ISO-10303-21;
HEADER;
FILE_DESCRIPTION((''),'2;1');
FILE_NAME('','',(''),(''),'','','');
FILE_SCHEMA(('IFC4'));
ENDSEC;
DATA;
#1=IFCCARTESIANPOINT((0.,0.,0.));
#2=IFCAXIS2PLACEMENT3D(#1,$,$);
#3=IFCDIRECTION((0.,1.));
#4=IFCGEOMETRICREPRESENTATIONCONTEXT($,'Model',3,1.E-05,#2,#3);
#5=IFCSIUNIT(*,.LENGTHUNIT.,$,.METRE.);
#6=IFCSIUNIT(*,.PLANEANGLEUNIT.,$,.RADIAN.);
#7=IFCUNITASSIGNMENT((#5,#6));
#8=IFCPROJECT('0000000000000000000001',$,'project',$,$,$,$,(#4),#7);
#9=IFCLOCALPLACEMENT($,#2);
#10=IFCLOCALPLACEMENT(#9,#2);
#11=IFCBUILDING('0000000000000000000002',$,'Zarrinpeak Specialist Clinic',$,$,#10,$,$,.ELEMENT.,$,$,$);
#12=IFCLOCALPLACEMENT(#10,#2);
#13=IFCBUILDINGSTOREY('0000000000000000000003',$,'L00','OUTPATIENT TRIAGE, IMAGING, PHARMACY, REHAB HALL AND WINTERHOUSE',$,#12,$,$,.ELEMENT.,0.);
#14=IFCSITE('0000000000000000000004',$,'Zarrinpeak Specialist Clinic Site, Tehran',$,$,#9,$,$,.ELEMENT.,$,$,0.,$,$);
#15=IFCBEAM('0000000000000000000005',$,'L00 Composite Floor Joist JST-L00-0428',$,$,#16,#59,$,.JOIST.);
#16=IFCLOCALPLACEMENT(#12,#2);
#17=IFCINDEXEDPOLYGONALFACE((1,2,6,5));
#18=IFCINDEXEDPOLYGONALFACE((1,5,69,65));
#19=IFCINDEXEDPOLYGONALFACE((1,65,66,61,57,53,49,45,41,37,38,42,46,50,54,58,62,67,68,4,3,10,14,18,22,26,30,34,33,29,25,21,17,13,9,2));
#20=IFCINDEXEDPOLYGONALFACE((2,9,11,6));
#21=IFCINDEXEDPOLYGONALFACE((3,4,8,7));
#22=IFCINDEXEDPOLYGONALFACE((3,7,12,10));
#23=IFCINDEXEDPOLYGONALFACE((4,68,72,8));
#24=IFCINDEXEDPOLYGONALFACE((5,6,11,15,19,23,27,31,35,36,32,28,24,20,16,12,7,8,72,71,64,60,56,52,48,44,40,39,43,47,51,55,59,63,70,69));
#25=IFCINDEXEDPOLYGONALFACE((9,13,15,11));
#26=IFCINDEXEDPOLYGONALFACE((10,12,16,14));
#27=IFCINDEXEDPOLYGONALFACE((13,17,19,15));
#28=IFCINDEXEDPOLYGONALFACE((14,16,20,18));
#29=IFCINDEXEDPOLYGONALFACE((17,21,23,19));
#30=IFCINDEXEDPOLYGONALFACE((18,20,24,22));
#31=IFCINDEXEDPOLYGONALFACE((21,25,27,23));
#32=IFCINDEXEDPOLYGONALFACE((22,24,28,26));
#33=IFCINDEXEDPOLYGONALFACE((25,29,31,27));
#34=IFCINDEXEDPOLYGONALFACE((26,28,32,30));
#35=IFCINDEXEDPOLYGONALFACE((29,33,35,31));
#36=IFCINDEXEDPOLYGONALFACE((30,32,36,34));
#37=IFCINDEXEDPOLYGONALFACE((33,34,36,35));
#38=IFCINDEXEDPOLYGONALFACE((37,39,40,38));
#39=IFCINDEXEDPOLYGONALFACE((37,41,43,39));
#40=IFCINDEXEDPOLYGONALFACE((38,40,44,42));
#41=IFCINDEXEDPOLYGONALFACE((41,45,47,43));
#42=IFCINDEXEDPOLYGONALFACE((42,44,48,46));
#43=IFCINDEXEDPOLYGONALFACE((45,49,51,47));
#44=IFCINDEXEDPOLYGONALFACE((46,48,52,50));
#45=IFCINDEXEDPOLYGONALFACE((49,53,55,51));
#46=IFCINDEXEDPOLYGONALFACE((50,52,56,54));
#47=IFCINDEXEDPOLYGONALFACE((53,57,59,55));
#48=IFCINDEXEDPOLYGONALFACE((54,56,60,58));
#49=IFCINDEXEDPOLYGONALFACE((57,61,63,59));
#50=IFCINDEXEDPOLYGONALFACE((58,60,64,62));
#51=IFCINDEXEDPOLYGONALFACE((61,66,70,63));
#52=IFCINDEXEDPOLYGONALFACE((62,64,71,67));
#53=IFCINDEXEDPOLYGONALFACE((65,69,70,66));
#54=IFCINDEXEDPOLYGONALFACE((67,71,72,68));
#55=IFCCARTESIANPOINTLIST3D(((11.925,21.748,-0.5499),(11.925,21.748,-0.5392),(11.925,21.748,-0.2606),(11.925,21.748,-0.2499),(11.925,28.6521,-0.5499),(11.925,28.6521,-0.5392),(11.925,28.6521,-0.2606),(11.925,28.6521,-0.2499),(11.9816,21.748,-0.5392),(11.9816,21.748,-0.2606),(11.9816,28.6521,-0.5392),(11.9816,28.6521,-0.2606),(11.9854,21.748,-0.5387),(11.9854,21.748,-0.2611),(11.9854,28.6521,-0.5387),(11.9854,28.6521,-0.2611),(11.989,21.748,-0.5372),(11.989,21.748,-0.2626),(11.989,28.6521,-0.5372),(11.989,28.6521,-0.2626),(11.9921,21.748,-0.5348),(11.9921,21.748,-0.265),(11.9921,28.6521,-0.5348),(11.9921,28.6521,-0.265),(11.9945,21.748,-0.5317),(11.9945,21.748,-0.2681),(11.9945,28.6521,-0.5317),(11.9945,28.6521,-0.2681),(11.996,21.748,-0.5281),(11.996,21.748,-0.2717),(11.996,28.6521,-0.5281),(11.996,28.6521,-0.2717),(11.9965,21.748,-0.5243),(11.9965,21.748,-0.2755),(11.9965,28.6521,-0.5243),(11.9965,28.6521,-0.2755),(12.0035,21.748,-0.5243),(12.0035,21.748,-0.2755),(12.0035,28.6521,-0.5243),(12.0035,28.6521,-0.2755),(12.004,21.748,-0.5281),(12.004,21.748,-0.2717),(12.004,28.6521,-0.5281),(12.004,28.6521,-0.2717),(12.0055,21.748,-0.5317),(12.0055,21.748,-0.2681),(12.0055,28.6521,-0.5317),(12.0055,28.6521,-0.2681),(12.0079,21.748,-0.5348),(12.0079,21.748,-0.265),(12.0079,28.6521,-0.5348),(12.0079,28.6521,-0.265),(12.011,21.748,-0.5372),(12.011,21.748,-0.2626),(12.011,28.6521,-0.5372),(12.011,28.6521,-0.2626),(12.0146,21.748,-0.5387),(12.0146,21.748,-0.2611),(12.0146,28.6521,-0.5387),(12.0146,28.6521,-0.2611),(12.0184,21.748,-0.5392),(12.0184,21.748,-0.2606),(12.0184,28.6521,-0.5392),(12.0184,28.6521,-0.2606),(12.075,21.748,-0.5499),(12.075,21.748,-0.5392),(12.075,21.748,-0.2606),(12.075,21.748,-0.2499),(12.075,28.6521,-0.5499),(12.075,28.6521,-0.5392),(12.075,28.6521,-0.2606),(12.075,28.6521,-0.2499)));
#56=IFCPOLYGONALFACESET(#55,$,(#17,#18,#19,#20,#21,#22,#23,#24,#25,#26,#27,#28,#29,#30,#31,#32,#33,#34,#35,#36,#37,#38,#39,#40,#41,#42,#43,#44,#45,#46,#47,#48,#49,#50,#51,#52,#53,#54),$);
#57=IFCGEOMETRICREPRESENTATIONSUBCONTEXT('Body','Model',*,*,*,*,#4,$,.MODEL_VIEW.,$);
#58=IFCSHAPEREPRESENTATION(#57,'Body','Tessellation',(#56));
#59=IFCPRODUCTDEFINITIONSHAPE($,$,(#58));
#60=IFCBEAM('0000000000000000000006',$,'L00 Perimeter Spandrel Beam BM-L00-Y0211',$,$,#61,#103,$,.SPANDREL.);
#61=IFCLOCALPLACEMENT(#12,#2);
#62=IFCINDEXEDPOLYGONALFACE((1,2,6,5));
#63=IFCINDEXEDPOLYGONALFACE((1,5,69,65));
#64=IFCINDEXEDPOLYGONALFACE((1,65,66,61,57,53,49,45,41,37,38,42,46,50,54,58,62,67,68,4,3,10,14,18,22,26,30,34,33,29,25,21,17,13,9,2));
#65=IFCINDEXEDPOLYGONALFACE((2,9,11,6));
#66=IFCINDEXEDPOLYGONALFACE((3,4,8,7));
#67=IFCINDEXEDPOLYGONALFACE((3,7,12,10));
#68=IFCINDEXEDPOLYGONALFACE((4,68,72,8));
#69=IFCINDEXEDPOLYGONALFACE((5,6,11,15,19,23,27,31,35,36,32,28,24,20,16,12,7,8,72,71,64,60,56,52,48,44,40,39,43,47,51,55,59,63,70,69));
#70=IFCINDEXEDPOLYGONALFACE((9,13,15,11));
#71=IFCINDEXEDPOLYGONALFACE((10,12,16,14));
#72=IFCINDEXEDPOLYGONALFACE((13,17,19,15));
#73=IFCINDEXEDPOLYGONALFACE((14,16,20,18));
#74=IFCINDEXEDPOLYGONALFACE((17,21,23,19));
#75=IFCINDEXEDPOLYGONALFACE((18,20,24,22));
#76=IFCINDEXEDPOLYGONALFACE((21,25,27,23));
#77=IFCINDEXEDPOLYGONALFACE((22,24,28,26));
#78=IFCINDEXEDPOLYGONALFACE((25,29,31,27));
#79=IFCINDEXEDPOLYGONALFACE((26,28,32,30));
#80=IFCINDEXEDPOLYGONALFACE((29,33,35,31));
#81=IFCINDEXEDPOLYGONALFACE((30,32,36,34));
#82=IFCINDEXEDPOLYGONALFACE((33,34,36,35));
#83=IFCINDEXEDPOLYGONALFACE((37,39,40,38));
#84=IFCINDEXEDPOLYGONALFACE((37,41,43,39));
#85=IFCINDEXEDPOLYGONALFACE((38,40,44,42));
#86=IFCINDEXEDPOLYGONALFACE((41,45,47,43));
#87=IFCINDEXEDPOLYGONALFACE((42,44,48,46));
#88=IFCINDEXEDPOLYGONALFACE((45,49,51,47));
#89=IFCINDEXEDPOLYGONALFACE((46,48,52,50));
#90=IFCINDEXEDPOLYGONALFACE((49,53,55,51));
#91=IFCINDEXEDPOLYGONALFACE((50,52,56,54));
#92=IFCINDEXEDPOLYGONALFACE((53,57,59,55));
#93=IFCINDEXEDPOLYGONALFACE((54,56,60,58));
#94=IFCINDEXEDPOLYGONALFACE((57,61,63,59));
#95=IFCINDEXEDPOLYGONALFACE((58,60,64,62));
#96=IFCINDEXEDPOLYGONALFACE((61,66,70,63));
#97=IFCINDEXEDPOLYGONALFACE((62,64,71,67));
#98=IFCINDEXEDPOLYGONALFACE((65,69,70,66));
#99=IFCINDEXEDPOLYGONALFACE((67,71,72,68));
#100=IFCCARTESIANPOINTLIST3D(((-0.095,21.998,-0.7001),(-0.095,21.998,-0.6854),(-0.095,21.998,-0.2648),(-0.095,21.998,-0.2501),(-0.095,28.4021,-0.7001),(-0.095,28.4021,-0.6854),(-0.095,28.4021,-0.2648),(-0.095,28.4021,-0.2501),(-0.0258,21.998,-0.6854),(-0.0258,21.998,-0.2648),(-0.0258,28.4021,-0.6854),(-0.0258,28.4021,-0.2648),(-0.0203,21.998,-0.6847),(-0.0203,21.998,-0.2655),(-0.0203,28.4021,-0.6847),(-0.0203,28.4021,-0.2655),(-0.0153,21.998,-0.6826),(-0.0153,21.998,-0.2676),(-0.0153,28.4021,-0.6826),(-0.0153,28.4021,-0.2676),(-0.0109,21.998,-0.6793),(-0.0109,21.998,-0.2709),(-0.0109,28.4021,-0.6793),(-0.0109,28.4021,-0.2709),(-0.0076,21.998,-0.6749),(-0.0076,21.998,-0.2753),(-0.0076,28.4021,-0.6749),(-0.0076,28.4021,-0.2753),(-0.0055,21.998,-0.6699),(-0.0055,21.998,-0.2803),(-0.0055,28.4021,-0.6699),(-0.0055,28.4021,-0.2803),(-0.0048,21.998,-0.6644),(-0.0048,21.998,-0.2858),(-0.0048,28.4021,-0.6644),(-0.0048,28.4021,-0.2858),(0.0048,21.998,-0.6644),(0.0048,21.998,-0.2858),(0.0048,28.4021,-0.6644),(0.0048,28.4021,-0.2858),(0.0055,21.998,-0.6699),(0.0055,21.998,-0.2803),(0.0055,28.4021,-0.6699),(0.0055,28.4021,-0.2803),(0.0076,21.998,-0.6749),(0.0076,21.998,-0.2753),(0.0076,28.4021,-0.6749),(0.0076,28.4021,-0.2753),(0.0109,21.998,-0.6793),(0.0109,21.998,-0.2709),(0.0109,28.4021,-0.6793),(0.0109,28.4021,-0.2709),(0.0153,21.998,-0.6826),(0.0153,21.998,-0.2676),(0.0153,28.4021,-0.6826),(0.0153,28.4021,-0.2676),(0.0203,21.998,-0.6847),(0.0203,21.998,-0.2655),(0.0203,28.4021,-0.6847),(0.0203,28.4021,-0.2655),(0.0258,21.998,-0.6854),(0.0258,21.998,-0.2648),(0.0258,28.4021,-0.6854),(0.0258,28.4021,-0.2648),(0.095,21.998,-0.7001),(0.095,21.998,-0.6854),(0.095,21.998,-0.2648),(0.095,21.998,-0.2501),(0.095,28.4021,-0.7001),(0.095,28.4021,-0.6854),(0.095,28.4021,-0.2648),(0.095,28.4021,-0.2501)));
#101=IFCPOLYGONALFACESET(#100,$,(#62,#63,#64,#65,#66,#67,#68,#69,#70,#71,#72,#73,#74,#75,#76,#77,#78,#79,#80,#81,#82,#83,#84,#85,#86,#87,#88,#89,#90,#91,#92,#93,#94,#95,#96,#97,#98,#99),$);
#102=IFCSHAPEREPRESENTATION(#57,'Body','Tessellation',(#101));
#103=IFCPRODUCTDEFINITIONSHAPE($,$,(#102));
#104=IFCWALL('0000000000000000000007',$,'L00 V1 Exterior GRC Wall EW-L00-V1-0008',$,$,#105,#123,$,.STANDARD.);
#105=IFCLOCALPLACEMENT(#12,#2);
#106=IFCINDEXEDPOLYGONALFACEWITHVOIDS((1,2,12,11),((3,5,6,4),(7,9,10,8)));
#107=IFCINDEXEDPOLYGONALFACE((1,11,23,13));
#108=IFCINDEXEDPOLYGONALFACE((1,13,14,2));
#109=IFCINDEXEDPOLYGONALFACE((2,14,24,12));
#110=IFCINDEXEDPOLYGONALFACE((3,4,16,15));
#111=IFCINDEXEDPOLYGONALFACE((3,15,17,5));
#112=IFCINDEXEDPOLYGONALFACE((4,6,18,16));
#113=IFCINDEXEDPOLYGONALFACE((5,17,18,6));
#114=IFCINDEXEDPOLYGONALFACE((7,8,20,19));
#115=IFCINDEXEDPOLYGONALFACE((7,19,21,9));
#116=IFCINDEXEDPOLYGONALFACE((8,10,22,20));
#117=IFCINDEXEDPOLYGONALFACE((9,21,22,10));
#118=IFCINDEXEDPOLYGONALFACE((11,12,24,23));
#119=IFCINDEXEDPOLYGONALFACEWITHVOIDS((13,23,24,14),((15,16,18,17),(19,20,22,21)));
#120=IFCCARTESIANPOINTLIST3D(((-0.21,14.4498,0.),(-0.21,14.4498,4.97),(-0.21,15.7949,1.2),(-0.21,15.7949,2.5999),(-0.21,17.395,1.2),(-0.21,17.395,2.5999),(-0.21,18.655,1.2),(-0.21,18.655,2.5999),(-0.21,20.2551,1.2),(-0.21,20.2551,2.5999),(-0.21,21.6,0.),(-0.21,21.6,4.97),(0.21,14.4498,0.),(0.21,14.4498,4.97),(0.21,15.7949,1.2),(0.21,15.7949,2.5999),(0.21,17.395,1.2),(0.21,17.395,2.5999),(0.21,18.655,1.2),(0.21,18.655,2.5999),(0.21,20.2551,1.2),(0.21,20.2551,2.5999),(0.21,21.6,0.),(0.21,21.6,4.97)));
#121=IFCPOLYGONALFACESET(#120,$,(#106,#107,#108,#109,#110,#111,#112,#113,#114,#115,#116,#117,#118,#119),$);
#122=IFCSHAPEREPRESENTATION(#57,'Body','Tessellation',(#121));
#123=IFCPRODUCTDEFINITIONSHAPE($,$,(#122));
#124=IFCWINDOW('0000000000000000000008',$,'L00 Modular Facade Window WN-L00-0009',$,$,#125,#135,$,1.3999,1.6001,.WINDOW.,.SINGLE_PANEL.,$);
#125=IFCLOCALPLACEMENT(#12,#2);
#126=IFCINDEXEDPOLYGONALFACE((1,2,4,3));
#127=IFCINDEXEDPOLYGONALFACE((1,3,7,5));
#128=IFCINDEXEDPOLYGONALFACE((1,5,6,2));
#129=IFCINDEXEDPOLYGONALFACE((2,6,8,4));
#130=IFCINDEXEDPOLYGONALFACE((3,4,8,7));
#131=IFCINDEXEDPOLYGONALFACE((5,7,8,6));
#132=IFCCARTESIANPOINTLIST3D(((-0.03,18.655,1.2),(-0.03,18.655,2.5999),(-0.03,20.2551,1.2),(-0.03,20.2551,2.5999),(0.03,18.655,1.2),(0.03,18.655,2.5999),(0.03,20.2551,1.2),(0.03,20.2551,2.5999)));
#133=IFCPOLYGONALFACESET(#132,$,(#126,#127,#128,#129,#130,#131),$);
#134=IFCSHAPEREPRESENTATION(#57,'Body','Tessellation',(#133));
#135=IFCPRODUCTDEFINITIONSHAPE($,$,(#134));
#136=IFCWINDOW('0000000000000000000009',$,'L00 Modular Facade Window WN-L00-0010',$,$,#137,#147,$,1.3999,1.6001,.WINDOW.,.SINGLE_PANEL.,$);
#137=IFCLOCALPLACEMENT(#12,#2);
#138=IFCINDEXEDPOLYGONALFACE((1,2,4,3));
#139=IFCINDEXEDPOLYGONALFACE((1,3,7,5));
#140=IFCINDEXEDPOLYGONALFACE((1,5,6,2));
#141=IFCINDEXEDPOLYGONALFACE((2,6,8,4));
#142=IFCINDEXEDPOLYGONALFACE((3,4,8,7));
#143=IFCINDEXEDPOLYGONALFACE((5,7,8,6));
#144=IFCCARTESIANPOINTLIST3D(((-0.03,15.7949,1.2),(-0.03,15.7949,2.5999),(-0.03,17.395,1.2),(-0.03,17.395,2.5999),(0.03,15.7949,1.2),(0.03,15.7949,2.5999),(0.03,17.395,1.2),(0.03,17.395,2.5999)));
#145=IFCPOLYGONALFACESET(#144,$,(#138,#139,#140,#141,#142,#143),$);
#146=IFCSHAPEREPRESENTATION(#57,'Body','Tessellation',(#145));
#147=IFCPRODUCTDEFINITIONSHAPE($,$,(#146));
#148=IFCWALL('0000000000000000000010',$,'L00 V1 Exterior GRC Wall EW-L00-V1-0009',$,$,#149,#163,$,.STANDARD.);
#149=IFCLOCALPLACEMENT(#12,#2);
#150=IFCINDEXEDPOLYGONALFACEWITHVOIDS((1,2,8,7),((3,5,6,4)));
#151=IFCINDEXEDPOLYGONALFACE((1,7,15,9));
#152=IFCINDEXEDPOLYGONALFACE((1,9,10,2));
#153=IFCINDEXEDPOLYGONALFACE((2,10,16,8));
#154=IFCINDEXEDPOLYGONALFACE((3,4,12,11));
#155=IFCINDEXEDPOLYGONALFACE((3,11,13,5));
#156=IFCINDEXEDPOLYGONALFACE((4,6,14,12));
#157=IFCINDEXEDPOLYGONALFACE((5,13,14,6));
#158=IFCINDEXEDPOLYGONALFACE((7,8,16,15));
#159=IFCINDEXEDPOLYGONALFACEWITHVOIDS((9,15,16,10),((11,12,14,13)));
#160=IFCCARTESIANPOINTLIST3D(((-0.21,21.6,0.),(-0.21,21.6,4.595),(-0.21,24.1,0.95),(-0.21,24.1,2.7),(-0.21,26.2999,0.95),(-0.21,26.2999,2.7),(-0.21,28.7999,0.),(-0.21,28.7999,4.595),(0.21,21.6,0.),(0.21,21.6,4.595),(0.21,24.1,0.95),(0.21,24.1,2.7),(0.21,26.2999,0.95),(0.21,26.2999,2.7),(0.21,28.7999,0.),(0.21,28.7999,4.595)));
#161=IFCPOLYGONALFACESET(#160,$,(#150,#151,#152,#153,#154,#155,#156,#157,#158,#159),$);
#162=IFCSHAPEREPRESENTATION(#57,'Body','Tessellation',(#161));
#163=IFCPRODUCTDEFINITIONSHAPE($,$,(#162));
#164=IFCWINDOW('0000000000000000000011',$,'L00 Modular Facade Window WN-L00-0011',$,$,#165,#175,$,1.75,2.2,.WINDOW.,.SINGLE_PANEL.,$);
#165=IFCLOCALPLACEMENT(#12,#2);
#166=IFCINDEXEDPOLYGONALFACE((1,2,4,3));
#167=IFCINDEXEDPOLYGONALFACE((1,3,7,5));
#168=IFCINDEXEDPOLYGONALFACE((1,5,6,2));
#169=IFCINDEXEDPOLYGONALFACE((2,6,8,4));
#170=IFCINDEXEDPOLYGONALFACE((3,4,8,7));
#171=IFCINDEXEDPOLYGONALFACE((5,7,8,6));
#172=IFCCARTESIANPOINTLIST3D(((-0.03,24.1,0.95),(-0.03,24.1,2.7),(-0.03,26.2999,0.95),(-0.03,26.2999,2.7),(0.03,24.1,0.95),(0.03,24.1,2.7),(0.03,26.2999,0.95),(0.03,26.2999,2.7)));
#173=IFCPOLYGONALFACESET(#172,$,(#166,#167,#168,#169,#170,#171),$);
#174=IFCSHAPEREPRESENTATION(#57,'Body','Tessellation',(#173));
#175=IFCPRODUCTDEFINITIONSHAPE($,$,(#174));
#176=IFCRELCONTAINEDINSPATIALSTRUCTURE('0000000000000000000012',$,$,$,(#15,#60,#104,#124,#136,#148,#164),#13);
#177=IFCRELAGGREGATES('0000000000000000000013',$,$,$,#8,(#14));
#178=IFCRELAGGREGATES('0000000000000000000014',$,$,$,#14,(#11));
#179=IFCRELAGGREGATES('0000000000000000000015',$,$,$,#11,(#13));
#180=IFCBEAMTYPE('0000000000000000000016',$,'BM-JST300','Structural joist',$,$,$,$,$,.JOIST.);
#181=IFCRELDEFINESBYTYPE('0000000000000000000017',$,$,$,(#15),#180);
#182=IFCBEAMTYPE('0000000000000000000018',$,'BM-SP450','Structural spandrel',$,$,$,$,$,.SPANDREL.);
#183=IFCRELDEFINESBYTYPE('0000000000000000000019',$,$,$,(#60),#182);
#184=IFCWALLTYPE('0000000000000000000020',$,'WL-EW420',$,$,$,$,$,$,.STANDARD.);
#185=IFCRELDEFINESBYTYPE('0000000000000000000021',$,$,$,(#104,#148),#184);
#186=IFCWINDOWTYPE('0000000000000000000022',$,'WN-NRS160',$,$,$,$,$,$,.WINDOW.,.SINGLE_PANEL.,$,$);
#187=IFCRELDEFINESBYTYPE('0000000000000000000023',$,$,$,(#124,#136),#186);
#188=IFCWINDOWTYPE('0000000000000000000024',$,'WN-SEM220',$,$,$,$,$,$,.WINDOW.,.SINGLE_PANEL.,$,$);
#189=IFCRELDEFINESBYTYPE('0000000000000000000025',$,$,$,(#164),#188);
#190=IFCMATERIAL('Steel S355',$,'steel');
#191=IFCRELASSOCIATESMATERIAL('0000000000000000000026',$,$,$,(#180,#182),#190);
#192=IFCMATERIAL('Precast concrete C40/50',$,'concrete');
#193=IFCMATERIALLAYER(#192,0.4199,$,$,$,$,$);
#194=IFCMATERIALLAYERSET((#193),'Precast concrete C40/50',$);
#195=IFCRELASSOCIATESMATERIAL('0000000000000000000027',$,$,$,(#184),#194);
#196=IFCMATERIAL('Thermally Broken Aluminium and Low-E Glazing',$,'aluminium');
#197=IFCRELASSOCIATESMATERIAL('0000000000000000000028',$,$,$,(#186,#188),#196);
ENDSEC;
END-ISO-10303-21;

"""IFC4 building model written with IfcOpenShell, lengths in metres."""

from ifc_helpers import new_model, si_unit, direction, frame, frame_2d, origin, origin_2d, place, context, subcontext, project, spatial, rectangle, i_section, extrude, material, layer, layer_set, material_profile, profile_set, type_object, element, fill, save


model = new_model("IFC4")

# Units and contexts
model_context = context("Model", 3, precision=1e-05, world=origin(), true_north=direction((0.0, 1.0)))
body_context = subcontext(model_context, "Body", "Model", "MODEL_VIEW")
ifc_project = project(units=[si_unit("LENGTHUNIT", "METRE"), si_unit("PLANEANGLEUNIT", "RADIAN")], contexts=[model_context])

# Site, building, storey
site_placement = place(None, origin())
site = spatial("IfcSite", under=ifc_project, at=site_placement, Name="Zarrinpeak Specialist Clinic Site, Tehran", CompositionType="ELEMENT", RefElevation=0.0)
building_placement = place(site_placement, origin())
building = spatial("IfcBuilding", under=site, at=building_placement, Name="Zarrinpeak Specialist Clinic", CompositionType="ELEMENT")
storey_placement = place(building_placement, origin())
storey = spatial("IfcBuildingStorey", under=building, at=storey_placement, Name="L00", Description="OUTPATIENT TRIAGE, IMAGING, PHARMACY, REHAB HALL AND WINTERHOUSE", CompositionType="ELEMENT", Elevation=0.0)

# Shared definitions
ifc_material_1 = material(Name="Steel S355", Category="steel")

# Beams
ifc_material_profile_1 = material_profile(ifc_material_1, i_section(OverallWidth=0.1499, OverallDepth=0.3, WebThickness=0.0071, FlangeThickness=0.0107, FilletRadius=0.0149, at=origin_2d()), Name="IPE 300")
ifc_profile_set_1 = profile_set([ifc_material_profile_1], Name="Steel S355")
beam_type_1 = type_object("IfcBeamType", Name="BM-JST300", Description="Structural joist", PredefinedType="JOIST", material=ifc_profile_set_1)
for number, where, z_axis, x_axis, name in (
    (1, (12.0, 21.748, -0.3999), (0.0, 1.0, 0.0), (-1.0, 0.0, 0.0), "L00 Composite Floor Joist JST-L00-0428"),
):
    element("IfcBeam", number, at=place(storey_placement, frame(where, z_axis=z_axis, x_axis=x_axis)), inside=storey, type_object=beam_type_1, Name=name, PredefinedType="JOIST", context=body_context, shape_type="SweptSolid", body=[
        extrude(i_section(OverallWidth=0.1499, OverallDepth=0.3, WebThickness=0.0071, FlangeThickness=0.0107, FilletRadius=0.0149, at=origin_2d()), origin(), (0.0, 0.0, 1.0), 6.9041),
    ])
ifc_material_profile_2 = material_profile(ifc_material_1, i_section(OverallWidth=0.1899, OverallDepth=0.45, WebThickness=0.0095, FlangeThickness=0.0146, FilletRadius=0.021, at=origin_2d()), Name="IPE 450")
ifc_profile_set_2 = profile_set([ifc_material_profile_2], Name="Steel S355")
beam_type_2 = type_object("IfcBeamType", Name="BM-SP450", Description="Structural spandrel", PredefinedType="SPANDREL", material=ifc_profile_set_2)
beam_1_placement = place(storey_placement, frame((0.0, 21.998, -0.4751), z_axis=(0.0, 1.0, 0.0), x_axis=(-1.0, 0.0, 0.0)))
element("IfcBeam", 2, at=beam_1_placement, inside=storey, type_object=beam_type_2, Name="L00 Perimeter Spandrel Beam BM-L00-Y0211", PredefinedType="SPANDREL", context=body_context, shape_type="SweptSolid", body=[
    extrude(i_section(OverallWidth=0.1899, OverallDepth=0.45, WebThickness=0.0095, FlangeThickness=0.0146, FilletRadius=0.021, at=origin_2d()), origin(), (0.0, 0.0, 1.0), 6.4041),
])

# Wall, openings, windows
ifc_material_2 = material(Name="Precast concrete C40/50", Category="concrete")
ifc_layer_1 = layer(ifc_material_2, 0.4199)
ifc_layer_set_1 = layer_set([ifc_layer_1], Name="Precast concrete C40/50")
wall_type_1 = type_object("IfcWallType", Name="WL-EW420", PredefinedType="STANDARD", material=ifc_layer_set_1)
wall_1_placement = place(storey_placement, frame((0.0, 21.6001, 0.0), z_axis=(0.0, 0.0, 1.0), x_axis=(0.0, -1.0, 0.0)))
wall_1 = element("IfcWall", 3, at=wall_1_placement, inside=storey, type_object=wall_type_1, Name="L00 V1 Exterior GRC Wall EW-L00-V1-0008", PredefinedType="STANDARD", context=body_context, shape_type="SweptSolid", body=[
    extrude(rectangle(XDim=7.1501, YDim=0.4199, at=frame_2d((3.5752, 0.0))), origin(), (0.0, 0.0, 1.0), 4.97),
])
opening_1_placement = place(wall_1_placement, frame((1.345, 0.0, 1.2)))
opening_1 = element("IfcOpeningElement", 4, at=opening_1_placement, cuts=wall_1, PredefinedType="OPENING", context=body_context, shape_type="SweptSolid", body=[
    extrude(rectangle(XDim=1.6001, YDim=1.3999, at=frame_2d((0.8, 0.7))), frame((0.0, 0.22, 0.0), z_axis=(0.0, -1.0, 0.0), x_axis=(1.0, 0.0, 0.0)), (0.0, 0.0, 1.0), 0.4399),
])
opening_2_placement = place(wall_1_placement, frame((4.2051, 0.0, 1.2)))
opening_2 = element("IfcOpeningElement", 5, at=opening_2_placement, cuts=wall_1, PredefinedType="OPENING", context=body_context, shape_type="SweptSolid", body=[
    extrude(rectangle(XDim=1.6001, YDim=1.3999, at=frame_2d((0.8, 0.7))), frame((0.0, 0.22, 0.0), z_axis=(0.0, -1.0, 0.0), x_axis=(1.0, 0.0, 0.0)), (0.0, 0.0, 1.0), 0.4399),
])
ifc_material_3 = material(Name="Thermally Broken Aluminium and Low-E Glazing", Category="aluminium")
window_type_1 = type_object("IfcWindowType", Name="WN-NRS160", PartitioningType="SINGLE_PANEL", PredefinedType="WINDOW", material=ifc_material_3)
window_1_placement = place(opening_1_placement, origin())
window_1 = element("IfcWindow", 6, at=window_1_placement, inside=storey, type_object=window_type_1, Name="L00 Modular Facade Window WN-L00-0009", OverallHeight=1.3999, OverallWidth=1.6001, PartitioningType="SINGLE_PANEL", PredefinedType="WINDOW", context=body_context, shape_type="SweptSolid", body=[
    extrude(rectangle(XDim=1.6001, YDim=1.3999, at=frame_2d((0.8, 0.7))), frame((0.0, 0.03, 0.0), z_axis=(0.0, -1.0, 0.0), x_axis=(1.0, 0.0, 0.0)), (0.0, 0.0, 1.0), 0.0601),
])
fill(opening_1, window_1)
window_2_placement = place(opening_2_placement, origin())
window_2 = element("IfcWindow", 7, at=window_2_placement, inside=storey, type_object=window_type_1, Name="L00 Modular Facade Window WN-L00-0010", OverallHeight=1.3999, OverallWidth=1.6001, PartitioningType="SINGLE_PANEL", PredefinedType="WINDOW", context=body_context, shape_type="SweptSolid", body=[
    extrude(rectangle(XDim=1.6001, YDim=1.3999, at=frame_2d((0.8, 0.7))), frame((0.0, 0.03, 0.0), z_axis=(0.0, -1.0, 0.0), x_axis=(1.0, 0.0, 0.0)), (0.0, 0.0, 1.0), 0.0601),
])
fill(opening_2, window_2)

# Wall, opening, window
wall_2_placement = place(storey_placement, frame((0.0, 28.8, 0.0), z_axis=(0.0, 0.0, 1.0), x_axis=(0.0, -1.0, 0.0)))
wall_2 = element("IfcWall", 8, at=wall_2_placement, inside=storey, type_object=wall_type_1, Name="L00 V1 Exterior GRC Wall EW-L00-V1-0009", PredefinedType="STANDARD", context=body_context, shape_type="SweptSolid", body=[
    extrude(rectangle(XDim=7.2, YDim=0.4199, at=frame_2d((3.6001, 0.0))), origin(), (0.0, 0.0, 1.0), 4.595),
])
opening_3_placement = place(wall_2_placement, frame((2.5, 0.0, 0.95)))
opening_3 = element("IfcOpeningElement", 9, at=opening_3_placement, cuts=wall_2, PredefinedType="OPENING", context=body_context, shape_type="SweptSolid", body=[
    extrude(rectangle(XDim=2.2, YDim=1.75, at=frame_2d((1.1001, 0.875))), frame((0.0, 0.22, 0.0), z_axis=(0.0, -1.0, 0.0), x_axis=(1.0, 0.0, 0.0)), (0.0, 0.0, 1.0), 0.4399),
])
window_type_2 = type_object("IfcWindowType", Name="WN-SEM220", PartitioningType="SINGLE_PANEL", PredefinedType="WINDOW", material=ifc_material_3)
window_3_placement = place(opening_3_placement, origin())
window_3 = element("IfcWindow", 10, at=window_3_placement, inside=storey, type_object=window_type_2, Name="L00 Modular Facade Window WN-L00-0011", OverallHeight=1.75, OverallWidth=2.2, PartitioningType="SINGLE_PANEL", PredefinedType="WINDOW", context=body_context, shape_type="SweptSolid", body=[
    extrude(rectangle(XDim=2.2, YDim=1.75, at=frame_2d((1.1001, 0.875))), frame((0.0, 0.03, 0.0), z_axis=(0.0, -1.0, 0.0), x_axis=(1.0, 0.0, 0.0)), (0.0, 0.0, 1.0), 0.0601),
])
fill(opening_3, window_3)

save(model, "model.ifc")
